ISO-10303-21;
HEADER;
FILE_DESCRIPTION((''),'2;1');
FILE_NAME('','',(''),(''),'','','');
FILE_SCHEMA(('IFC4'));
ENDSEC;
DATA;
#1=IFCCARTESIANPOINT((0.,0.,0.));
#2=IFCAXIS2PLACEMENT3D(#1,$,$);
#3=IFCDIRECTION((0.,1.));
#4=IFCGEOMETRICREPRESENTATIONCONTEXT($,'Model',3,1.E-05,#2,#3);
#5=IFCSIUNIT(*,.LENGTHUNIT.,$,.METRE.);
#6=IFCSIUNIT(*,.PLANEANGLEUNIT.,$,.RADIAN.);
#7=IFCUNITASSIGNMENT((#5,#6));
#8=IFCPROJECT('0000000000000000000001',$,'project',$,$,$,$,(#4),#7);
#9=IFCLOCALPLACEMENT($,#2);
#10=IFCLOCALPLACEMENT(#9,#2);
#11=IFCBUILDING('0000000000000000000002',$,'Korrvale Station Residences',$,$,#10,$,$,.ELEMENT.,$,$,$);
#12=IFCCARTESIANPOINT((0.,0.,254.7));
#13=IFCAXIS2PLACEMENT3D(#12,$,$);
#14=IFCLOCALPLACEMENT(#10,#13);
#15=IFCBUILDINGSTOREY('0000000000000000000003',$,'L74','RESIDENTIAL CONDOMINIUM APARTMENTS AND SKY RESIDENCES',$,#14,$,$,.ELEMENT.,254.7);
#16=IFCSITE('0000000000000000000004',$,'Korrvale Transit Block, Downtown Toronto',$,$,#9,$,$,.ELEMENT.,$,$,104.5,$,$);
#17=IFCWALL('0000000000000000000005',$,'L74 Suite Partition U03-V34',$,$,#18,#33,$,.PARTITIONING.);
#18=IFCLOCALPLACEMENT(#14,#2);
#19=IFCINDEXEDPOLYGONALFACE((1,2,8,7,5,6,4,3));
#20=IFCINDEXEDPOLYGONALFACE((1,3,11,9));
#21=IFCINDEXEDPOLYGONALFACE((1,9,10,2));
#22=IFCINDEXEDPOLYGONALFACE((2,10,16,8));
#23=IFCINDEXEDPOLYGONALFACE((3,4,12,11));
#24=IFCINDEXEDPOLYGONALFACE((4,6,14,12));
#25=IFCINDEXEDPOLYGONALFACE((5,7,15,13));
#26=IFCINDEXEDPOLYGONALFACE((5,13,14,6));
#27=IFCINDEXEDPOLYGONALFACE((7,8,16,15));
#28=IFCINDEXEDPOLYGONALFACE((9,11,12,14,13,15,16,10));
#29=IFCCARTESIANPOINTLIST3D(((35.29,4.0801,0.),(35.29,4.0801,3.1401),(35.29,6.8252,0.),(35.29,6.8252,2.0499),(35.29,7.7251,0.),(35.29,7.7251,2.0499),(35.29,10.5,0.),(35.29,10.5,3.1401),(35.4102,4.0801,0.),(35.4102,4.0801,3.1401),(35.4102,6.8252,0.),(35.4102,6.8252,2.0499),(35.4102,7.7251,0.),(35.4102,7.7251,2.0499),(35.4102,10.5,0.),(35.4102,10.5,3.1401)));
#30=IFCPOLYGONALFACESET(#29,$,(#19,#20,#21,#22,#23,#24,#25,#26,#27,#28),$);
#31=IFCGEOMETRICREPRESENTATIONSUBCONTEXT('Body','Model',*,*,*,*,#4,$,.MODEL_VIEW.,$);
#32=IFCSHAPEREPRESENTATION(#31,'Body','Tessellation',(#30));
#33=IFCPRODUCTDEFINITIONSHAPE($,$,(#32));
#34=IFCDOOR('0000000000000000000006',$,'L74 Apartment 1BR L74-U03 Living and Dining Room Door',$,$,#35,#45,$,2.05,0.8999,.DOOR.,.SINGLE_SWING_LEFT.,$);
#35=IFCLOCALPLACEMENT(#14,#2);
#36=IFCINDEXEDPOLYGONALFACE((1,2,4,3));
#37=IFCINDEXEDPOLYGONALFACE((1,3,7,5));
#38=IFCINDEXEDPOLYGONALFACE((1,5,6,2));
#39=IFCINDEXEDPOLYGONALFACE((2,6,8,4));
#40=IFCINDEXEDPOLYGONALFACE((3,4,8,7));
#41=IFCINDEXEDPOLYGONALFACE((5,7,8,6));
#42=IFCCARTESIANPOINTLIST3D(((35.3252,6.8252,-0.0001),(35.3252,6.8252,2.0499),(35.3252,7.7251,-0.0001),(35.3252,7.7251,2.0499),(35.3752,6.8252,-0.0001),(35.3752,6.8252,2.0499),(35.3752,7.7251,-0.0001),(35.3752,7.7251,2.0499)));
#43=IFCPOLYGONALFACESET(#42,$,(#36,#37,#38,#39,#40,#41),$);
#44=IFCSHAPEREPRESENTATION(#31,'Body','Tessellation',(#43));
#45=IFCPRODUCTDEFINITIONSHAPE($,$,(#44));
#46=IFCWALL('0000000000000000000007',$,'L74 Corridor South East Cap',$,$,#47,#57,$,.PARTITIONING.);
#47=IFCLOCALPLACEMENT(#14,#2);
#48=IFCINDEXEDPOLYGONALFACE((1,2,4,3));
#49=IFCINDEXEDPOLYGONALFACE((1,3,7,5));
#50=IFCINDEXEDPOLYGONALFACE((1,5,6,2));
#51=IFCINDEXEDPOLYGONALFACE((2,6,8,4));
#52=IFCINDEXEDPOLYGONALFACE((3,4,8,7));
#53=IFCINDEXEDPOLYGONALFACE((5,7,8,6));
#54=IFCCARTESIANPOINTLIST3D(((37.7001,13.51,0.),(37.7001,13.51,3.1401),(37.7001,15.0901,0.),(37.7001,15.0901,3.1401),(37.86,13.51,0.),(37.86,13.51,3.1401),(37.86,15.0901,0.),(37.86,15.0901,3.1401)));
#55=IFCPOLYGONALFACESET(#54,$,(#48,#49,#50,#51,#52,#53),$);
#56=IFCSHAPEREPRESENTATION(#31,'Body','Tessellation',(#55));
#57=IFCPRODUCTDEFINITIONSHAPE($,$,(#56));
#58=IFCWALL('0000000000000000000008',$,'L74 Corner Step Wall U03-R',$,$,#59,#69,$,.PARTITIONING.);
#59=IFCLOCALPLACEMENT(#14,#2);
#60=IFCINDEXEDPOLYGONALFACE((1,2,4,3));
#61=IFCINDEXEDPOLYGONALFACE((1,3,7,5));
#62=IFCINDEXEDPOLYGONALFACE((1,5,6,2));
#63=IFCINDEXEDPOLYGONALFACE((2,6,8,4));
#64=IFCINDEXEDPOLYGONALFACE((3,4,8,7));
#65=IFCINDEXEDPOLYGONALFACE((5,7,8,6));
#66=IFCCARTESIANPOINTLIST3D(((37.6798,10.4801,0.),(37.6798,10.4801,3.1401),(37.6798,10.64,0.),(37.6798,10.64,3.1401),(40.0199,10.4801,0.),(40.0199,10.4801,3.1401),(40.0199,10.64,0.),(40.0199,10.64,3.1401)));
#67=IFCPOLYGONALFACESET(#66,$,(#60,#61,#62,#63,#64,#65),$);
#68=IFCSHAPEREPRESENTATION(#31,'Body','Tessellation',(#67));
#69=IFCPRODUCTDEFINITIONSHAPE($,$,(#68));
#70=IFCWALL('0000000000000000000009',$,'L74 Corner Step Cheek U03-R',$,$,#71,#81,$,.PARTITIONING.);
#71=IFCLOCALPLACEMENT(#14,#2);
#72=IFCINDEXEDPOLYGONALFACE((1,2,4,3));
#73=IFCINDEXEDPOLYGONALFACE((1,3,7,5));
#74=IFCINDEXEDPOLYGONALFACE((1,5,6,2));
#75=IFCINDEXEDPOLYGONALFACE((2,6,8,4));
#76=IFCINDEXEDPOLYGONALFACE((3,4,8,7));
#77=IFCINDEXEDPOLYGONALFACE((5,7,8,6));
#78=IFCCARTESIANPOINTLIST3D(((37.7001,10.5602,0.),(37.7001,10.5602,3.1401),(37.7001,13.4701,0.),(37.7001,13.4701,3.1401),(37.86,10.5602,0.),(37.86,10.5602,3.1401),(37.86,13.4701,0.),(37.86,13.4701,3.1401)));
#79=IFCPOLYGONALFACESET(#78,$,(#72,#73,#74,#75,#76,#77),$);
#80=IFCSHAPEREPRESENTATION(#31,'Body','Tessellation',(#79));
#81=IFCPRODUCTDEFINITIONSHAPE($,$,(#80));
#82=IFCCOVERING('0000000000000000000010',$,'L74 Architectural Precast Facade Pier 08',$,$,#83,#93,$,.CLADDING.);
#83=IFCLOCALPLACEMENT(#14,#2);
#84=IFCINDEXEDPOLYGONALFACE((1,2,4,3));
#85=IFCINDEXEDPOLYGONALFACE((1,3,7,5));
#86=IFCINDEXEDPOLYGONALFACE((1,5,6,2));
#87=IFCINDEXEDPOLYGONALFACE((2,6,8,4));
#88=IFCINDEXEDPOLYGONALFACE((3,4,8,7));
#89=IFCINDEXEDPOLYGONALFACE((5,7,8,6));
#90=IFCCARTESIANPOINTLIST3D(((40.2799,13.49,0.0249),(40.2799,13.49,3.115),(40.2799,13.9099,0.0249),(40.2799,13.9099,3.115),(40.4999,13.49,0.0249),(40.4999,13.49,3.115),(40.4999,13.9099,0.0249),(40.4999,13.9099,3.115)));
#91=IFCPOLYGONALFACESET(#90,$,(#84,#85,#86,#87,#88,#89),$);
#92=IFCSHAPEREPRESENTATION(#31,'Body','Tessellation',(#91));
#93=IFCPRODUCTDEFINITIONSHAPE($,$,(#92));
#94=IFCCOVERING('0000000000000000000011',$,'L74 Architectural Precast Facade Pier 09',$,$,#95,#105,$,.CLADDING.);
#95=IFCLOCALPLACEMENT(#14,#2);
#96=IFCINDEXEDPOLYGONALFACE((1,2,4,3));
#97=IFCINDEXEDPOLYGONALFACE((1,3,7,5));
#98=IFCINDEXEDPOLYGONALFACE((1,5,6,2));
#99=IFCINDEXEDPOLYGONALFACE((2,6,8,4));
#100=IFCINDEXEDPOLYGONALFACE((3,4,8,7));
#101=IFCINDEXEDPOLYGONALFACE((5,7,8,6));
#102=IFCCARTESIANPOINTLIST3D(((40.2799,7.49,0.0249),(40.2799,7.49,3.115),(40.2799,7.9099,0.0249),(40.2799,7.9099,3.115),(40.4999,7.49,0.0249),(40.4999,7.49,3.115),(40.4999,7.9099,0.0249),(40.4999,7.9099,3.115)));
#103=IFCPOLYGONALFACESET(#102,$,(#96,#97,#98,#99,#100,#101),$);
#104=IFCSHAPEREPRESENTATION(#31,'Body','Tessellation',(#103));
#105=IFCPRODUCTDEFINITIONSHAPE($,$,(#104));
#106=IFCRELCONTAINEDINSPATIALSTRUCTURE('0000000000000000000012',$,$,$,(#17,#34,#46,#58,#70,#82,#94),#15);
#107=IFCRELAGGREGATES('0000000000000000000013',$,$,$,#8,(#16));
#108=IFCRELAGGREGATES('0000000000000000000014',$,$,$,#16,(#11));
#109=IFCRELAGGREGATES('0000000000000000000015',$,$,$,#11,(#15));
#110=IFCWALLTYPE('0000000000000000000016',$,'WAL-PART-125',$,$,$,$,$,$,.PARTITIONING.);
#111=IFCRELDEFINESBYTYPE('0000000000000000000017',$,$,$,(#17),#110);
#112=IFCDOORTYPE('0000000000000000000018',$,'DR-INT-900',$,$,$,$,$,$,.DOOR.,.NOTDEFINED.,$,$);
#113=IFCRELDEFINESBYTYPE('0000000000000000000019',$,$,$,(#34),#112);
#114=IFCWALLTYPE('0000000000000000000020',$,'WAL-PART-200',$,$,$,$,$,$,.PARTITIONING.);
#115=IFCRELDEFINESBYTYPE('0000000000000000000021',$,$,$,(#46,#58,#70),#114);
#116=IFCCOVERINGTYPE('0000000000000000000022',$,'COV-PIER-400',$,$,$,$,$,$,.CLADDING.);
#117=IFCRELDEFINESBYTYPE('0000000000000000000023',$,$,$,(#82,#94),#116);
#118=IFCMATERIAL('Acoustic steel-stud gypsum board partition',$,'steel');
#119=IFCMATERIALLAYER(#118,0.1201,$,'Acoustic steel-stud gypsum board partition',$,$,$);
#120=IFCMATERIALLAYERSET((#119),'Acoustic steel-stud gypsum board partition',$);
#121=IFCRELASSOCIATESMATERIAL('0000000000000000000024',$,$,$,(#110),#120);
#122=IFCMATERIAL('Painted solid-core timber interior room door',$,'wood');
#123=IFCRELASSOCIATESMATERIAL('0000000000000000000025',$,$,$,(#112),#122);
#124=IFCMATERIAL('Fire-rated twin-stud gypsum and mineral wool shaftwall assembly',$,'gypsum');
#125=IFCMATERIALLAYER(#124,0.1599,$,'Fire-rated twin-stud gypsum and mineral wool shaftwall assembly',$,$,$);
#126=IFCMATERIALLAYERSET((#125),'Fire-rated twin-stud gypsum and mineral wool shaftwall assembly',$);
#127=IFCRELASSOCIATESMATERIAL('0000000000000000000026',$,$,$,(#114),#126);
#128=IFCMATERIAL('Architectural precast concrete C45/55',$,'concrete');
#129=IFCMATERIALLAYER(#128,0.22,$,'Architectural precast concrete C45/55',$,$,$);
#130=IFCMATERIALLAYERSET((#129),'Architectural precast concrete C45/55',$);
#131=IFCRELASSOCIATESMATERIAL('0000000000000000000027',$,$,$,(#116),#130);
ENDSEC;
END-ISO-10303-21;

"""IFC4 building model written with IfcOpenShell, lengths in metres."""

from ifc_helpers import new_model, si_unit, direction, frame, frame_2d, origin, origin_2d, place, context, subcontext, project, spatial, rectangle, extrude, material, layer, layer_set, type_object, element, fill, save


model = new_model("IFC4")

# Units and contexts
model_context = context("Model", 3, precision=1e-05, world=origin(), true_north=direction((0.0, 1.0)))
body_context = subcontext(model_context, "Body", "Model", "MODEL_VIEW")
ifc_project = project(units=[si_unit("LENGTHUNIT", "METRE"), si_unit("PLANEANGLEUNIT", "RADIAN")], contexts=[model_context])

# Site, building, storey
site_placement = place(None, origin())
site = spatial("IfcSite", under=ifc_project, at=site_placement, Name="Korrvale Transit Block, Downtown Toronto", CompositionType="ELEMENT", RefElevation=104.5)
building_placement = place(site_placement, origin())
building = spatial("IfcBuilding", under=site, at=building_placement, Name="Korrvale Station Residences", CompositionType="ELEMENT")
storey_placement = place(building_placement, frame((0.0, 0.0, 254.7)))
storey = spatial("IfcBuildingStorey", under=building, at=storey_placement, Name="L74", Description="RESIDENTIAL CONDOMINIUM APARTMENTS AND SKY RESIDENCES", CompositionType="ELEMENT", Elevation=254.7)

# Wall, opening, door
ifc_material_1 = material(Name="Acoustic steel-stud gypsum board partition", Category="steel")
ifc_layer_1 = layer(ifc_material_1, 0.1201, Name="Acoustic steel-stud gypsum board partition")
ifc_layer_set_1 = layer_set([ifc_layer_1], Name="Acoustic steel-stud gypsum board partition")
wall_type_1 = type_object("IfcWallType", Name="WAL-PART-125", PredefinedType="PARTITIONING", material=ifc_layer_set_1)
ifc_material_2 = material(Name="Painted solid-core timber interior room door", Category="wood")
door_type = type_object("IfcDoorType", Name="DR-INT-900", OperationType="NOTDEFINED", PredefinedType="DOOR", material=ifc_material_2)
wall_1_placement = place(storey_placement, frame((35.3501, 4.0801, 0.0), z_axis=(0.0, 0.0, 1.0), x_axis=(0.0, 1.0, 0.0)))
wall_1 = element("IfcWall", 1, at=wall_1_placement, inside=storey, type_object=wall_type_1, Name="L74 Suite Partition U03-V34", PredefinedType="PARTITIONING", context=body_context, shape_type="SweptSolid", body=[
    extrude(rectangle(XDim=6.4199, YDim=0.1201, at=frame_2d((3.21, 0.0))), origin(), (0.0, 0.0, 1.0), 3.1401),
])
opening_1_placement = place(wall_1_placement, frame((2.7451, 0.0, 0.0)))
opening_1 = element("IfcOpeningElement", 2, at=opening_1_placement, cuts=wall_1, PredefinedType="OPENING", context=body_context, shape_type="SweptSolid", body=[
    extrude(rectangle(XDim=0.8999, YDim=2.05, at=frame_2d((0.45, 1.0249))), frame((0.0, 0.0701, 0.0), z_axis=(0.0, -1.0, 0.0), x_axis=(1.0, 0.0, 0.0)), (0.0, 0.0, 1.0), 0.1401),
])
door_1_placement = place(opening_1_placement, origin())
door_1 = element("IfcDoor", 3, at=door_1_placement, inside=storey, type_object=door_type, Name="L74 Apartment 1BR L74-U03 Living and Dining Room Door", OperationType="SINGLE_SWING_LEFT", OverallHeight=2.05, OverallWidth=0.8999, PredefinedType="DOOR", context=body_context, shape_type="SweptSolid", body=[
    extrude(rectangle(XDim=0.8999, YDim=2.05, at=frame_2d((0.45, 1.0249))), frame((0.0, 0.0249, 0.0), z_axis=(0.0, -1.0, 0.0), x_axis=(1.0, 0.0, 0.0)), (0.0, 0.0, 1.0), 0.05),
])
fill(opening_1, door_1)

# Walls
ifc_material_3 = material(Name="Fire-rated twin-stud gypsum and mineral wool shaftwall assembly", Category="gypsum")
ifc_layer_2 = layer(ifc_material_3, 0.1599, Name="Fire-rated twin-stud gypsum and mineral wool shaftwall assembly")
ifc_layer_set_2 = layer_set([ifc_layer_2], Name="Fire-rated twin-stud gypsum and mineral wool shaftwall assembly")
wall_type_2 = type_object("IfcWallType", Name="WAL-PART-200", PredefinedType="PARTITIONING", material=ifc_layer_set_2)
wall_2_placement = place(storey_placement, frame((37.78, 13.51, 0.0), z_axis=(0.0, 0.0, 1.0), x_axis=(0.0, 1.0, 0.0)))
element("IfcWall", 4, at=wall_2_placement, inside=storey, type_object=wall_type_2, Name="L74 Corridor South East Cap", PredefinedType="PARTITIONING", context=body_context, shape_type="SweptSolid", body=[
    extrude(rectangle(XDim=1.5801, YDim=0.1599, at=frame_2d((0.79, 0.0))), origin(), (0.0, 0.0, 1.0), 3.1401),
])
wall_3_placement = place(storey_placement, frame((37.6799, 10.5601, 0.0), z_axis=(0.0, 0.0, 1.0), x_axis=(1.0, 0.0, 0.0)))
element("IfcWall", 5, at=wall_3_placement, inside=storey, type_object=wall_type_2, Name="L74 Corner Step Wall U03-R", PredefinedType="PARTITIONING", context=body_context, shape_type="SweptSolid", body=[
    extrude(rectangle(XDim=2.3401, YDim=0.1599, at=frame_2d((1.1699, 0.0))), origin(), (0.0, 0.0, 1.0), 3.1401),
])
wall_4_placement = place(storey_placement, frame((37.78, 10.5601, 0.0), z_axis=(0.0, 0.0, 1.0), x_axis=(0.0, 1.0, 0.0)))
element("IfcWall", 6, at=wall_4_placement, inside=storey, type_object=wall_type_2, Name="L74 Corner Step Cheek U03-R", PredefinedType="PARTITIONING", context=body_context, shape_type="SweptSolid", body=[
    extrude(rectangle(XDim=2.9099, YDim=0.1599, at=frame_2d((1.4551, 0.0))), origin(), (0.0, 0.0, 1.0), 3.1401),
])

# Coverings
ifc_material_4 = material(Name="Architectural precast concrete C45/55", Category="concrete")
ifc_layer_3 = layer(ifc_material_4, 0.22, Name="Architectural precast concrete C45/55")
ifc_layer_set_3 = layer_set([ifc_layer_3], Name="Architectural precast concrete C45/55")
covering_type = type_object("IfcCoveringType", Name="COV-PIER-400", PredefinedType="CLADDING", material=ifc_layer_set_3)
for number, where, z_axis, x_axis, name in (
    (7, (40.3899, 13.7, 0.0249), (0.0, 0.0, 1.0), (0.0, 1.0, 0.0), "L74 Architectural Precast Facade Pier 08"),
    (8, (40.3899, 7.7, 0.0249), (0.0, 0.0, 1.0), (0.0, 1.0, 0.0), "L74 Architectural Precast Facade Pier 09"),
):
    element("IfcCovering", number, at=place(storey_placement, frame(where, z_axis=z_axis, x_axis=x_axis)), inside=storey, type_object=covering_type, Name=name, PredefinedType="CLADDING", context=body_context, shape_type="SweptSolid", body=[
        extrude(rectangle(XDim=0.4199, YDim=0.22, at=origin_2d()), origin(), (0.0, 0.0, 1.0), 3.0901),
    ])

save(model, "model.ifc")
